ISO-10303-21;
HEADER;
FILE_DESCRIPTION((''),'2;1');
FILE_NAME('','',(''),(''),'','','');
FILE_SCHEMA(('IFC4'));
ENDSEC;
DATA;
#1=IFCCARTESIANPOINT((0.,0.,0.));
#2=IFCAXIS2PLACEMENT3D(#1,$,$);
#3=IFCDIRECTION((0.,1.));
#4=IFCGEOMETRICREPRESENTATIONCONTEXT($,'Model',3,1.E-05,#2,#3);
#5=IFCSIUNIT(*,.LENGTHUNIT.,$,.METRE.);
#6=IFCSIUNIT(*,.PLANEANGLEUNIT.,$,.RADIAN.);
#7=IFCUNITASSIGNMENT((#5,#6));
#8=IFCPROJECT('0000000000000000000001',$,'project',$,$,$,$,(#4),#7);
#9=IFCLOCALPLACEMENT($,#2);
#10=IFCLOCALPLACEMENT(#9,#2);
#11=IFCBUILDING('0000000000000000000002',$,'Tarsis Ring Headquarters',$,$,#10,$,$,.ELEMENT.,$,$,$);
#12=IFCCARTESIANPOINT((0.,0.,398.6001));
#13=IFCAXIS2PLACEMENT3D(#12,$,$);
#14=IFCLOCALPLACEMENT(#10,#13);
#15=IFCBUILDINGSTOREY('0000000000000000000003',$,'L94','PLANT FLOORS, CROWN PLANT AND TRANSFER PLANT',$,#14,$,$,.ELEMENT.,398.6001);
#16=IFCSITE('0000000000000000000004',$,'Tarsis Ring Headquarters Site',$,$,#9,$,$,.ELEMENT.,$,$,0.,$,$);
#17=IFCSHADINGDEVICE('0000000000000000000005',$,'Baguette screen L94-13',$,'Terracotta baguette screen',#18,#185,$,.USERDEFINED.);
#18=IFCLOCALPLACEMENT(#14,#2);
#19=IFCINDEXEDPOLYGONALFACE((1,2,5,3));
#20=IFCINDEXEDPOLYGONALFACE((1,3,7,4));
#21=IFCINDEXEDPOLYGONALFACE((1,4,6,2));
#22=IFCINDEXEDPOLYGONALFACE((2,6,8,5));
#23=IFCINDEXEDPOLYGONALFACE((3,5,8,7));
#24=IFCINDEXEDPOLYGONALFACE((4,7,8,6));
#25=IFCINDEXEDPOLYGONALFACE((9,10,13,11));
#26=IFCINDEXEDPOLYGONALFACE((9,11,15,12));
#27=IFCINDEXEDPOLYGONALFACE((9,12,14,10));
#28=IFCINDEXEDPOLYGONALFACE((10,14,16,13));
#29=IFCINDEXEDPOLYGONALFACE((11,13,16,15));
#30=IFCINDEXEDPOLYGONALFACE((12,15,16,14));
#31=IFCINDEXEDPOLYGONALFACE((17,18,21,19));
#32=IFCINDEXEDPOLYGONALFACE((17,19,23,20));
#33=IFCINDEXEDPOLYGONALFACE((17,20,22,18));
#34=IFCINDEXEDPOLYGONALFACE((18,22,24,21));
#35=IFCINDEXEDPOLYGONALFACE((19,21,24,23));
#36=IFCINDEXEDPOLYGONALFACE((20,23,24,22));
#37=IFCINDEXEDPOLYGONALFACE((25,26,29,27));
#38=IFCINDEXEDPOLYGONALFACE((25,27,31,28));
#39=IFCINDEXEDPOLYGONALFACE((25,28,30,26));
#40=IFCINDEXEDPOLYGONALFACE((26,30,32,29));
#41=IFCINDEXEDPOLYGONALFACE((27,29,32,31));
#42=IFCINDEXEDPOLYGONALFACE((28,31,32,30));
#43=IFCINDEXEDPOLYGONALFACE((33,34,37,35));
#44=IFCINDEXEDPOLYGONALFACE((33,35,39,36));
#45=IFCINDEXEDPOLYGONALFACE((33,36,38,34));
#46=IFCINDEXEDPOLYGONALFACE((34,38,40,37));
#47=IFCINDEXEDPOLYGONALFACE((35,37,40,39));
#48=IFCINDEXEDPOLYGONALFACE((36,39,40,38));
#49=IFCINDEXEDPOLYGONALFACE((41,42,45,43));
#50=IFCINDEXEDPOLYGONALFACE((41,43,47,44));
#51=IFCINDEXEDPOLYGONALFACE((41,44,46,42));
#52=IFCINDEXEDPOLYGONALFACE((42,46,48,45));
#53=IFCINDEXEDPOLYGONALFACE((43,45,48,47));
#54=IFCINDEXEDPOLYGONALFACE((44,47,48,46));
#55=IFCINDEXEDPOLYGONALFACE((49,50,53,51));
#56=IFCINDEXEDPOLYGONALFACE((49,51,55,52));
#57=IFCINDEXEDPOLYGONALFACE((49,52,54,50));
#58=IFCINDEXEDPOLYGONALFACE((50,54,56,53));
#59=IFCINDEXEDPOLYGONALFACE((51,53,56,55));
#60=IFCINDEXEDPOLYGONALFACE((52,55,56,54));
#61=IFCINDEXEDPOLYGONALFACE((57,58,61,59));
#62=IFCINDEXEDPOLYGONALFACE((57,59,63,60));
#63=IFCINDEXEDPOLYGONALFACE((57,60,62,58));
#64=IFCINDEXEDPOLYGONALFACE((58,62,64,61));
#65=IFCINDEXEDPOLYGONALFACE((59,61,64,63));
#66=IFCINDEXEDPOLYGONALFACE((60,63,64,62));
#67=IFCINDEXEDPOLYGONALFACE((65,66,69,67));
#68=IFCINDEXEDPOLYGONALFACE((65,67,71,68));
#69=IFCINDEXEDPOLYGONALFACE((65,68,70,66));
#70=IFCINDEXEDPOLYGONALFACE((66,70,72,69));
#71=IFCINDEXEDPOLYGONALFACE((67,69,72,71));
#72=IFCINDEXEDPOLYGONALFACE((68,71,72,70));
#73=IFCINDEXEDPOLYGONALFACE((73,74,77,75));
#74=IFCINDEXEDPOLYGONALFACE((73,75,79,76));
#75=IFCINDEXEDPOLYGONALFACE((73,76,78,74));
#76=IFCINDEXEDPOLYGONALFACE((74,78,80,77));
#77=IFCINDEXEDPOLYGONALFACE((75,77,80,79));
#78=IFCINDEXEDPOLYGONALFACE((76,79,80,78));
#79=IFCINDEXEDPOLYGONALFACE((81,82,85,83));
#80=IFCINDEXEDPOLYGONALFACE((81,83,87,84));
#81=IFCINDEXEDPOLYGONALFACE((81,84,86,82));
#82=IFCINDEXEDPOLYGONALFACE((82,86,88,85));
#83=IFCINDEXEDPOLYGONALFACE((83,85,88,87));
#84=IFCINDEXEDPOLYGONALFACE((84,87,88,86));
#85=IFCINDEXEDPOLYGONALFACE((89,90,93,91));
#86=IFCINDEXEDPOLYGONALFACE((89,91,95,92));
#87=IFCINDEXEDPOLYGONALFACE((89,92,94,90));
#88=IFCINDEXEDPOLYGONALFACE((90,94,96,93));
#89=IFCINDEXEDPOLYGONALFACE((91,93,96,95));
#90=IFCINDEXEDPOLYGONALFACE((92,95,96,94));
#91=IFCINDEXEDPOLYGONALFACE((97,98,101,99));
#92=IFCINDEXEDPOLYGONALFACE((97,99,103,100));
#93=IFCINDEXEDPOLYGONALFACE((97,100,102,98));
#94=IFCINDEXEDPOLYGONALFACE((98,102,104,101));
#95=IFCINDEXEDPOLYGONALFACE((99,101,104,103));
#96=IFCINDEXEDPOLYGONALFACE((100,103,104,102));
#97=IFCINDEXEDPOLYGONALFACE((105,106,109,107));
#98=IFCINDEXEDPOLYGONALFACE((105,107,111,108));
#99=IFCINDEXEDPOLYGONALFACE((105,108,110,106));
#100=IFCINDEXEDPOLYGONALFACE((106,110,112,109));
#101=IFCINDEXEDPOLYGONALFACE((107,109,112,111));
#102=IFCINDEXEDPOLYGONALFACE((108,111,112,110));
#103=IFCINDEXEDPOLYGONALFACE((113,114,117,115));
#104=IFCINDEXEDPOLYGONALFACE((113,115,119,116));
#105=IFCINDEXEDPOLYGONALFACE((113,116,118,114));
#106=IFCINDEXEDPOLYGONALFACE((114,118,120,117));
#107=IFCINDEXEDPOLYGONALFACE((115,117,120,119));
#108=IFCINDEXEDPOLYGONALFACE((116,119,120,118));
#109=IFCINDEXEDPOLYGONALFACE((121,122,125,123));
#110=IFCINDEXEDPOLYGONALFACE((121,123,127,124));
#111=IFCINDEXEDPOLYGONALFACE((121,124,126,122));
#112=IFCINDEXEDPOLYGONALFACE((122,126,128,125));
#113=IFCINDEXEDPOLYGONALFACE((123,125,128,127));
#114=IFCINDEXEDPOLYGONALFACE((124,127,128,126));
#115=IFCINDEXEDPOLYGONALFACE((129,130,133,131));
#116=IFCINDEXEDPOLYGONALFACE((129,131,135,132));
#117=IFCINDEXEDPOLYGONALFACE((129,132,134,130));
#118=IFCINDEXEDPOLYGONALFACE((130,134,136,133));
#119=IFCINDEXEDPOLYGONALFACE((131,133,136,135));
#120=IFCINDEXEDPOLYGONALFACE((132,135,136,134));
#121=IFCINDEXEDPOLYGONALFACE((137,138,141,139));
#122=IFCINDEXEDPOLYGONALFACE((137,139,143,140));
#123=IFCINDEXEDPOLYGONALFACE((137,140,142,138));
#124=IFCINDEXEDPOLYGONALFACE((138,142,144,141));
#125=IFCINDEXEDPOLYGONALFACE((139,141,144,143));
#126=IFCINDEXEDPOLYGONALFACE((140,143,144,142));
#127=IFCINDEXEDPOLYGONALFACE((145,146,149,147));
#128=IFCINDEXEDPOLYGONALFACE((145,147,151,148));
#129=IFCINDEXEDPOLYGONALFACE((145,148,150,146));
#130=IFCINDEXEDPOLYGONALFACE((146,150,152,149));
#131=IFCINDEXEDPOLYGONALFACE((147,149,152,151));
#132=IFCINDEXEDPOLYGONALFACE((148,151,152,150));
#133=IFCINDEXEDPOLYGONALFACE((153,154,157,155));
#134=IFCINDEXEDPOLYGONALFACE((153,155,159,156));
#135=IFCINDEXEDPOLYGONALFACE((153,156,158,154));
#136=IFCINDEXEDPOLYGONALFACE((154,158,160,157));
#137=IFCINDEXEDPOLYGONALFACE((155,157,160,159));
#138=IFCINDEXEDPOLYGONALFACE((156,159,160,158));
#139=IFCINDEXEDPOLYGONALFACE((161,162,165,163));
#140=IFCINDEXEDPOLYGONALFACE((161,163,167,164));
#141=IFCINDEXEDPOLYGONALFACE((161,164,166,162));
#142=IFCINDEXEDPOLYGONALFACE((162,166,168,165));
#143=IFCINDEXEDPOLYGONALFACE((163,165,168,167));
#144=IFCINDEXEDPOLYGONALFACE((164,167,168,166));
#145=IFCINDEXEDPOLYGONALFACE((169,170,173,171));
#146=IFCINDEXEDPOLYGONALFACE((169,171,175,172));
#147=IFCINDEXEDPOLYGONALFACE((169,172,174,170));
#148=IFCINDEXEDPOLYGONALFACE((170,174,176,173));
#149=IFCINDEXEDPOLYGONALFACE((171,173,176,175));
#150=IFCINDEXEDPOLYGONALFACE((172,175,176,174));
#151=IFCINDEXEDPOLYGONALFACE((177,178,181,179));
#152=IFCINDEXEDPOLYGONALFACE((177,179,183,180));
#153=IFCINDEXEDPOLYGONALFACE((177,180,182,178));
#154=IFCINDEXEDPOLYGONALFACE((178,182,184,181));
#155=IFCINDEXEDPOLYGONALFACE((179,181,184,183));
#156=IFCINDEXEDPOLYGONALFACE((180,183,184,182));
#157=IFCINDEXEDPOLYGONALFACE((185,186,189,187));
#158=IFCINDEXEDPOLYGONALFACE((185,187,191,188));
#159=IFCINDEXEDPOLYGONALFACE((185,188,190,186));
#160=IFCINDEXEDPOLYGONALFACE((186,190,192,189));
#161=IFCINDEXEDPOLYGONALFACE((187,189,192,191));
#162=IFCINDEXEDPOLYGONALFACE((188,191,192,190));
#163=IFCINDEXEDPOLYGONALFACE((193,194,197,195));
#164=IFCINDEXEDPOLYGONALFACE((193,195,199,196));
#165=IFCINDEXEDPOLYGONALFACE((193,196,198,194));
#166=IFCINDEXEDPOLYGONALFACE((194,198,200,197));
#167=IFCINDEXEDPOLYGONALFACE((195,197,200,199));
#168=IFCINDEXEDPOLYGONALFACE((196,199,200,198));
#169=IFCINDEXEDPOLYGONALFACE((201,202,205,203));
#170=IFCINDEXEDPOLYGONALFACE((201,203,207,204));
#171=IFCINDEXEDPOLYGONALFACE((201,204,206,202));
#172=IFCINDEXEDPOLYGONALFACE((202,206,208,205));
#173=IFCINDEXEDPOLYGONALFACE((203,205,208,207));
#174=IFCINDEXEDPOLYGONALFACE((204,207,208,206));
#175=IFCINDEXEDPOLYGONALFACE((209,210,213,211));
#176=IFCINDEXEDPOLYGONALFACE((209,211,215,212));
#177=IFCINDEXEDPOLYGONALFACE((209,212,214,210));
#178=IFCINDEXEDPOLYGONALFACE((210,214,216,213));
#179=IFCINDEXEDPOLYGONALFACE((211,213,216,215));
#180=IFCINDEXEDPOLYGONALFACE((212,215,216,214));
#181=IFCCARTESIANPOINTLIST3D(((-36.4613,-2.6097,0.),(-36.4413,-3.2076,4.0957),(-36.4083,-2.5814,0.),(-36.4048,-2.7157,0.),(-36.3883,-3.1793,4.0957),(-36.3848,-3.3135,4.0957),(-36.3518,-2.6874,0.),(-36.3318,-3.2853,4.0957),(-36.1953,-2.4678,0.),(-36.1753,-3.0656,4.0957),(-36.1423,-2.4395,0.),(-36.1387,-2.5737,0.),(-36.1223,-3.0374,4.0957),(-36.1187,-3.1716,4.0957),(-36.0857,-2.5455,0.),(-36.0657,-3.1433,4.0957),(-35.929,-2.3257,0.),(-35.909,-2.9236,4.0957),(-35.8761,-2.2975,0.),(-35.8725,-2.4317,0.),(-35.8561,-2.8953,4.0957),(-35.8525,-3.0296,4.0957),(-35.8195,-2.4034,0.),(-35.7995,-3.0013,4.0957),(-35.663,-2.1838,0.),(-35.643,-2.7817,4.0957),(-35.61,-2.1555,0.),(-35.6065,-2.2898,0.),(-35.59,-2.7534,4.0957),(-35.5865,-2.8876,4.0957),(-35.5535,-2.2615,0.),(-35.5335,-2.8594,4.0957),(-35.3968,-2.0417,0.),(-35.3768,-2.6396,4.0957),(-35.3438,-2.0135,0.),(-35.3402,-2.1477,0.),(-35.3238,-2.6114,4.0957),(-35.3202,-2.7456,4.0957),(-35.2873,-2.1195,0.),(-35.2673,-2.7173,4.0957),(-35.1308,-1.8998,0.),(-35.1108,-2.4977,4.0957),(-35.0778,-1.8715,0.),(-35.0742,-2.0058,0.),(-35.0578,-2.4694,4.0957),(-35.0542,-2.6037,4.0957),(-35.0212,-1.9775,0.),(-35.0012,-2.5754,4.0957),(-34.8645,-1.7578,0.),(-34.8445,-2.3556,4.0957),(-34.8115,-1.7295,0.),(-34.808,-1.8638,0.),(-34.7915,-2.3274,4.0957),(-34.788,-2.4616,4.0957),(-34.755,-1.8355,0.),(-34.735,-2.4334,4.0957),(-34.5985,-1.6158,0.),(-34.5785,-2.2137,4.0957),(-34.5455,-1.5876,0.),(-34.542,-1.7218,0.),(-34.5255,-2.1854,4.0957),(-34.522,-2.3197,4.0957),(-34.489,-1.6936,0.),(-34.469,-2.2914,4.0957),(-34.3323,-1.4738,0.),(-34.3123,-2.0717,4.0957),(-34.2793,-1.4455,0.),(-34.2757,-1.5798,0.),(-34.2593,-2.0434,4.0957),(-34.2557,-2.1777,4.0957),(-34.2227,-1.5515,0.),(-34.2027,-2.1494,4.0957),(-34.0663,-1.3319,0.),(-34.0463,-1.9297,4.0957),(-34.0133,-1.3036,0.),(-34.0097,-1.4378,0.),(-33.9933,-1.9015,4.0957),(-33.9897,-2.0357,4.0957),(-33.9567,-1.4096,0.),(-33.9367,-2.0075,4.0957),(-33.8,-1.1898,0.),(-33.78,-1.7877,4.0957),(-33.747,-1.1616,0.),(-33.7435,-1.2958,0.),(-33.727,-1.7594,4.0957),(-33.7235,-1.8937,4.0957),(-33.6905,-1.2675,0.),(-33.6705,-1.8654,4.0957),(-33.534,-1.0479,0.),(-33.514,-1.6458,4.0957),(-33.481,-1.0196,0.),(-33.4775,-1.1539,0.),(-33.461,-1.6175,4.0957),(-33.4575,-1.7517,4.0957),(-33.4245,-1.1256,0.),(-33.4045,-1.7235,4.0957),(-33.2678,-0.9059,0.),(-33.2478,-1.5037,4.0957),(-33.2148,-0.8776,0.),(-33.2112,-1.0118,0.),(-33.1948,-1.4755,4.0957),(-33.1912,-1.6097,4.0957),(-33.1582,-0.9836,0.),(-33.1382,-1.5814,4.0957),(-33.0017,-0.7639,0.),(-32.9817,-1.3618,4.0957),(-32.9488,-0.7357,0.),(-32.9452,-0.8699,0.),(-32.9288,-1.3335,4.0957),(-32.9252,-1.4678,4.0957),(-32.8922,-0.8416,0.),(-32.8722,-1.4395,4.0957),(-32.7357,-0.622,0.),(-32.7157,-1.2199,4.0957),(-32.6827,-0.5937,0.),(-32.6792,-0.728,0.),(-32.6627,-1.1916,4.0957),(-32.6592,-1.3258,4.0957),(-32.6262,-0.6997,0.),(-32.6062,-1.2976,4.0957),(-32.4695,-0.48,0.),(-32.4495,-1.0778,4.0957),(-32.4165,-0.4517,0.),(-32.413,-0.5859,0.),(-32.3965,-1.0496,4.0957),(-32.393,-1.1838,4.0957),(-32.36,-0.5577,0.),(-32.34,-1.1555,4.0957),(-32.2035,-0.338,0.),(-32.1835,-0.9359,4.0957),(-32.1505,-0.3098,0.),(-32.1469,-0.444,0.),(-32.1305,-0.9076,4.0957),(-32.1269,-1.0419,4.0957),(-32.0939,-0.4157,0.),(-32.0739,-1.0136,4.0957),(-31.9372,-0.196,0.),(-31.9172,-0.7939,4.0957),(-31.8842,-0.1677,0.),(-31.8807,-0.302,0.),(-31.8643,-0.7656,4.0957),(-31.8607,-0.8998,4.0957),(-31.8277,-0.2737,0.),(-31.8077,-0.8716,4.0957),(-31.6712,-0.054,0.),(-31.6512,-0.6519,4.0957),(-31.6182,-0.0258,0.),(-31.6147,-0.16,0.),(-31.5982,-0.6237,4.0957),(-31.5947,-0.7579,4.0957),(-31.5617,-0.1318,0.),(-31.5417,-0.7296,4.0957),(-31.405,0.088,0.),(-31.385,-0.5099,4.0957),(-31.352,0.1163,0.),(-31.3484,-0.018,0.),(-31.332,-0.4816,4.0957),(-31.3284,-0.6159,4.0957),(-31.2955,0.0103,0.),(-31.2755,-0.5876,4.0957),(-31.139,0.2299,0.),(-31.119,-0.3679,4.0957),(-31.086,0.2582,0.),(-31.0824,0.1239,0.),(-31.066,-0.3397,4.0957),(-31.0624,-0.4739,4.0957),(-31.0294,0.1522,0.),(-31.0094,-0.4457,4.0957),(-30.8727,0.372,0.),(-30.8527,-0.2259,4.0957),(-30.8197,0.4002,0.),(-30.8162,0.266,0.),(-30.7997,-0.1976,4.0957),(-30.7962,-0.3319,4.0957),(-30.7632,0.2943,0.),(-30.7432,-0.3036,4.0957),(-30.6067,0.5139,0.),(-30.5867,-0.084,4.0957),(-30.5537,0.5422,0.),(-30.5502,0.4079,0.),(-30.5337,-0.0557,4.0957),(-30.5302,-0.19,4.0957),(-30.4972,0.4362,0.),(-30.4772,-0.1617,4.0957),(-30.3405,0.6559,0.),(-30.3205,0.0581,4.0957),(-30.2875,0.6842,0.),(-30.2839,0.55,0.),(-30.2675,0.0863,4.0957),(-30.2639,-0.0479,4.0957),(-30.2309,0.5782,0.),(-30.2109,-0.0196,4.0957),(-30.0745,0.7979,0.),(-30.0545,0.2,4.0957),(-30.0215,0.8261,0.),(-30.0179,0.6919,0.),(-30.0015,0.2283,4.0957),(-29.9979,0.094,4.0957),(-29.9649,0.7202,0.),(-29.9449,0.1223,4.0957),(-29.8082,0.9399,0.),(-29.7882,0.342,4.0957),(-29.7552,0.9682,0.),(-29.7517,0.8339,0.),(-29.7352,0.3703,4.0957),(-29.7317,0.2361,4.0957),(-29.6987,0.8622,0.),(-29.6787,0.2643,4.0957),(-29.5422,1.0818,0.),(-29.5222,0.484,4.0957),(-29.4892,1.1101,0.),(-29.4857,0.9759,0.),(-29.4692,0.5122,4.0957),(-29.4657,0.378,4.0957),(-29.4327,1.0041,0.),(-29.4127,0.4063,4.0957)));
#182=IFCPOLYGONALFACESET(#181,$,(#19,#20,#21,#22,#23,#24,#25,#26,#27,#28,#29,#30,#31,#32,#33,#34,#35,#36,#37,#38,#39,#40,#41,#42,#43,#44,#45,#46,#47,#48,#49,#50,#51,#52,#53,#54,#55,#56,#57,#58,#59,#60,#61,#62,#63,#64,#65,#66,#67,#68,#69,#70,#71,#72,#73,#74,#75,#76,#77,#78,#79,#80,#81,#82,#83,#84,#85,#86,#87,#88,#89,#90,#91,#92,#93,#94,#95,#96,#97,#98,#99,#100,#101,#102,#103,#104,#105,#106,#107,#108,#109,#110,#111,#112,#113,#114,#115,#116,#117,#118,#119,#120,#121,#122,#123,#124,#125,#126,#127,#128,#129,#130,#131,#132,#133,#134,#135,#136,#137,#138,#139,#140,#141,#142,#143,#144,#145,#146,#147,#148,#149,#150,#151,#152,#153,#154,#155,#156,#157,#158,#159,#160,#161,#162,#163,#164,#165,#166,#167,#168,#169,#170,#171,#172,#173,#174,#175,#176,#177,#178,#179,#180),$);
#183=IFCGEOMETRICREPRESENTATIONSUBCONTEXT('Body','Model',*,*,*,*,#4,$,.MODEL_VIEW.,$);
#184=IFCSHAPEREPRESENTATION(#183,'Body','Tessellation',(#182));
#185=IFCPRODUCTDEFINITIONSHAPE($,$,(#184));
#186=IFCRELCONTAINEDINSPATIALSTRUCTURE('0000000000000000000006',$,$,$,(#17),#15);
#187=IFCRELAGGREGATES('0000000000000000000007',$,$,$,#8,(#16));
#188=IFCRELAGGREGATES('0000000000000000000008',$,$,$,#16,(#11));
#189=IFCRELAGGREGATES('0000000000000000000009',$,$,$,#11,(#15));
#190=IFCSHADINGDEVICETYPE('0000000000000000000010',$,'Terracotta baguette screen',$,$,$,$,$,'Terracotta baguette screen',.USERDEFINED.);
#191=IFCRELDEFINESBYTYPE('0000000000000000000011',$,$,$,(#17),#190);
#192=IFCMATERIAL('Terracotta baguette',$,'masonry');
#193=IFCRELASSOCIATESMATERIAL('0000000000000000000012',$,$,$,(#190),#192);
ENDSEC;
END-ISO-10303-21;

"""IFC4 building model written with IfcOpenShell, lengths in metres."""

from ifc_helpers import new_model, si_unit, direction, frame, frame_2d, origin, place, context, subcontext, project, spatial, rectangle, composite_profile, extrude, material, type_object, element, save


model = new_model("IFC4")

# Units and contexts
model_context = context("Model", 3, precision=1e-05, world=origin(), true_north=direction((0.0, 1.0)))
body_context = subcontext(model_context, "Body", "Model", "MODEL_VIEW")
ifc_project = project(units=[si_unit("LENGTHUNIT", "METRE"), si_unit("PLANEANGLEUNIT", "RADIAN")], contexts=[model_context])

# Site, building, storey
site_placement = place(None, origin())
site = spatial("IfcSite", under=ifc_project, at=site_placement, Name="Tarsis Ring Headquarters Site", CompositionType="ELEMENT", RefElevation=0.0)
building_placement = place(site_placement, origin())
building = spatial("IfcBuilding", under=site, at=building_placement, Name="Tarsis Ring Headquarters", CompositionType="ELEMENT")
storey_placement = place(building_placement, frame((0.0, 0.0, 398.6001)))
storey = spatial("IfcBuildingStorey", under=building, at=storey_placement, Name="L94", Description="PLANT FLOORS, CROWN PLANT AND TRANSFER PLANT", CompositionType="ELEMENT", Elevation=398.6001)

# Shading device
ifc_material_1 = material(Name="Terracotta baguette", Category="masonry")
shading_device_type_1 = type_object("IfcShadingDeviceType", Name="Terracotta baguette screen", ElementType="Terracotta baguette screen", PredefinedType="USERDEFINED", material=ifc_material_1)
shading_device_1_placement = place(storey_placement, frame((-29.4609, 1.0571, 0.0), z_axis=(0.0, 0.0, 1.0), x_axis=(-0.882288, -0.470726, 0.0)))
element("IfcShadingDevice", 1, at=shading_device_1_placement, inside=storey, type_object=shading_device_type_1, Name="Baguette screen L94-13", ObjectType="Terracotta baguette screen", PredefinedType="USERDEFINED", context=body_context, shape_type="SweptSolid", body=[
    extrude(composite_profile([rectangle(XDim=0.0601, YDim=0.1201, at=frame_2d((0.03, 0.0))), rectangle(XDim=0.0601, YDim=0.1201, at=frame_2d((0.3315, 0.0))), rectangle(XDim=0.0601, YDim=0.1201, at=frame_2d((0.6333, 0.0))), rectangle(XDim=0.0601, YDim=0.1201, at=frame_2d((0.9348, 0.0))), rectangle(XDim=0.0601, YDim=0.1201, at=frame_2d((1.2366, 0.0))), rectangle(XDim=0.0601, YDim=0.1201, at=frame_2d((1.5381, 0.0))), rectangle(XDim=0.0601, YDim=0.1201, at=frame_2d((1.8398, 0.0))), rectangle(XDim=0.0601, YDim=0.1201, at=frame_2d((2.1414, 0.0))), rectangle(XDim=0.0601, YDim=0.1201, at=frame_2d((2.4431, 0.0))), rectangle(XDim=0.0601, YDim=0.1201, at=frame_2d((2.7446, 0.0))), rectangle(XDim=0.0601, YDim=0.1201, at=frame_2d((3.0464, 0.0))), rectangle(XDim=0.0601, YDim=0.1201, at=frame_2d((3.3479, 0.0))), rectangle(XDim=0.0601, YDim=0.1201, at=frame_2d((3.6497, 0.0))), rectangle(XDim=0.0601, YDim=0.1201, at=frame_2d((3.9512, 0.0))), rectangle(XDim=0.0601, YDim=0.1201, at=frame_2d((4.2527, 0.0))), rectangle(XDim=0.0601, YDim=0.1201, at=frame_2d((4.5544, 0.0))), rectangle(XDim=0.0601, YDim=0.1201, at=frame_2d((4.856, 0.0))), rectangle(XDim=0.0601, YDim=0.1201, at=frame_2d((5.1577, 0.0))), rectangle(XDim=0.0601, YDim=0.1201, at=frame_2d((5.4592, 0.0))), rectangle(XDim=0.0601, YDim=0.1201, at=frame_2d((5.761, 0.0))), rectangle(XDim=0.0601, YDim=0.1201, at=frame_2d((6.0625, 0.0))), rectangle(XDim=0.0601, YDim=0.1201, at=frame_2d((6.3643, 0.0))), rectangle(XDim=0.0601, YDim=0.1201, at=frame_2d((6.6658, 0.0))), rectangle(XDim=0.0601, YDim=0.1201, at=frame_2d((6.9675, 0.0))), rectangle(XDim=0.0601, YDim=0.1201, at=frame_2d((7.269, 0.0))), rectangle(XDim=0.0601, YDim=0.1201, at=frame_2d((7.5708, 0.0))), rectangle(XDim=0.0601, YDim=0.1201, at=frame_2d((7.8723, 0.0)))]), origin(), (0.06373, 0.129714, 0.989501), 4.1392),
])

save(model, "model.ifc")
